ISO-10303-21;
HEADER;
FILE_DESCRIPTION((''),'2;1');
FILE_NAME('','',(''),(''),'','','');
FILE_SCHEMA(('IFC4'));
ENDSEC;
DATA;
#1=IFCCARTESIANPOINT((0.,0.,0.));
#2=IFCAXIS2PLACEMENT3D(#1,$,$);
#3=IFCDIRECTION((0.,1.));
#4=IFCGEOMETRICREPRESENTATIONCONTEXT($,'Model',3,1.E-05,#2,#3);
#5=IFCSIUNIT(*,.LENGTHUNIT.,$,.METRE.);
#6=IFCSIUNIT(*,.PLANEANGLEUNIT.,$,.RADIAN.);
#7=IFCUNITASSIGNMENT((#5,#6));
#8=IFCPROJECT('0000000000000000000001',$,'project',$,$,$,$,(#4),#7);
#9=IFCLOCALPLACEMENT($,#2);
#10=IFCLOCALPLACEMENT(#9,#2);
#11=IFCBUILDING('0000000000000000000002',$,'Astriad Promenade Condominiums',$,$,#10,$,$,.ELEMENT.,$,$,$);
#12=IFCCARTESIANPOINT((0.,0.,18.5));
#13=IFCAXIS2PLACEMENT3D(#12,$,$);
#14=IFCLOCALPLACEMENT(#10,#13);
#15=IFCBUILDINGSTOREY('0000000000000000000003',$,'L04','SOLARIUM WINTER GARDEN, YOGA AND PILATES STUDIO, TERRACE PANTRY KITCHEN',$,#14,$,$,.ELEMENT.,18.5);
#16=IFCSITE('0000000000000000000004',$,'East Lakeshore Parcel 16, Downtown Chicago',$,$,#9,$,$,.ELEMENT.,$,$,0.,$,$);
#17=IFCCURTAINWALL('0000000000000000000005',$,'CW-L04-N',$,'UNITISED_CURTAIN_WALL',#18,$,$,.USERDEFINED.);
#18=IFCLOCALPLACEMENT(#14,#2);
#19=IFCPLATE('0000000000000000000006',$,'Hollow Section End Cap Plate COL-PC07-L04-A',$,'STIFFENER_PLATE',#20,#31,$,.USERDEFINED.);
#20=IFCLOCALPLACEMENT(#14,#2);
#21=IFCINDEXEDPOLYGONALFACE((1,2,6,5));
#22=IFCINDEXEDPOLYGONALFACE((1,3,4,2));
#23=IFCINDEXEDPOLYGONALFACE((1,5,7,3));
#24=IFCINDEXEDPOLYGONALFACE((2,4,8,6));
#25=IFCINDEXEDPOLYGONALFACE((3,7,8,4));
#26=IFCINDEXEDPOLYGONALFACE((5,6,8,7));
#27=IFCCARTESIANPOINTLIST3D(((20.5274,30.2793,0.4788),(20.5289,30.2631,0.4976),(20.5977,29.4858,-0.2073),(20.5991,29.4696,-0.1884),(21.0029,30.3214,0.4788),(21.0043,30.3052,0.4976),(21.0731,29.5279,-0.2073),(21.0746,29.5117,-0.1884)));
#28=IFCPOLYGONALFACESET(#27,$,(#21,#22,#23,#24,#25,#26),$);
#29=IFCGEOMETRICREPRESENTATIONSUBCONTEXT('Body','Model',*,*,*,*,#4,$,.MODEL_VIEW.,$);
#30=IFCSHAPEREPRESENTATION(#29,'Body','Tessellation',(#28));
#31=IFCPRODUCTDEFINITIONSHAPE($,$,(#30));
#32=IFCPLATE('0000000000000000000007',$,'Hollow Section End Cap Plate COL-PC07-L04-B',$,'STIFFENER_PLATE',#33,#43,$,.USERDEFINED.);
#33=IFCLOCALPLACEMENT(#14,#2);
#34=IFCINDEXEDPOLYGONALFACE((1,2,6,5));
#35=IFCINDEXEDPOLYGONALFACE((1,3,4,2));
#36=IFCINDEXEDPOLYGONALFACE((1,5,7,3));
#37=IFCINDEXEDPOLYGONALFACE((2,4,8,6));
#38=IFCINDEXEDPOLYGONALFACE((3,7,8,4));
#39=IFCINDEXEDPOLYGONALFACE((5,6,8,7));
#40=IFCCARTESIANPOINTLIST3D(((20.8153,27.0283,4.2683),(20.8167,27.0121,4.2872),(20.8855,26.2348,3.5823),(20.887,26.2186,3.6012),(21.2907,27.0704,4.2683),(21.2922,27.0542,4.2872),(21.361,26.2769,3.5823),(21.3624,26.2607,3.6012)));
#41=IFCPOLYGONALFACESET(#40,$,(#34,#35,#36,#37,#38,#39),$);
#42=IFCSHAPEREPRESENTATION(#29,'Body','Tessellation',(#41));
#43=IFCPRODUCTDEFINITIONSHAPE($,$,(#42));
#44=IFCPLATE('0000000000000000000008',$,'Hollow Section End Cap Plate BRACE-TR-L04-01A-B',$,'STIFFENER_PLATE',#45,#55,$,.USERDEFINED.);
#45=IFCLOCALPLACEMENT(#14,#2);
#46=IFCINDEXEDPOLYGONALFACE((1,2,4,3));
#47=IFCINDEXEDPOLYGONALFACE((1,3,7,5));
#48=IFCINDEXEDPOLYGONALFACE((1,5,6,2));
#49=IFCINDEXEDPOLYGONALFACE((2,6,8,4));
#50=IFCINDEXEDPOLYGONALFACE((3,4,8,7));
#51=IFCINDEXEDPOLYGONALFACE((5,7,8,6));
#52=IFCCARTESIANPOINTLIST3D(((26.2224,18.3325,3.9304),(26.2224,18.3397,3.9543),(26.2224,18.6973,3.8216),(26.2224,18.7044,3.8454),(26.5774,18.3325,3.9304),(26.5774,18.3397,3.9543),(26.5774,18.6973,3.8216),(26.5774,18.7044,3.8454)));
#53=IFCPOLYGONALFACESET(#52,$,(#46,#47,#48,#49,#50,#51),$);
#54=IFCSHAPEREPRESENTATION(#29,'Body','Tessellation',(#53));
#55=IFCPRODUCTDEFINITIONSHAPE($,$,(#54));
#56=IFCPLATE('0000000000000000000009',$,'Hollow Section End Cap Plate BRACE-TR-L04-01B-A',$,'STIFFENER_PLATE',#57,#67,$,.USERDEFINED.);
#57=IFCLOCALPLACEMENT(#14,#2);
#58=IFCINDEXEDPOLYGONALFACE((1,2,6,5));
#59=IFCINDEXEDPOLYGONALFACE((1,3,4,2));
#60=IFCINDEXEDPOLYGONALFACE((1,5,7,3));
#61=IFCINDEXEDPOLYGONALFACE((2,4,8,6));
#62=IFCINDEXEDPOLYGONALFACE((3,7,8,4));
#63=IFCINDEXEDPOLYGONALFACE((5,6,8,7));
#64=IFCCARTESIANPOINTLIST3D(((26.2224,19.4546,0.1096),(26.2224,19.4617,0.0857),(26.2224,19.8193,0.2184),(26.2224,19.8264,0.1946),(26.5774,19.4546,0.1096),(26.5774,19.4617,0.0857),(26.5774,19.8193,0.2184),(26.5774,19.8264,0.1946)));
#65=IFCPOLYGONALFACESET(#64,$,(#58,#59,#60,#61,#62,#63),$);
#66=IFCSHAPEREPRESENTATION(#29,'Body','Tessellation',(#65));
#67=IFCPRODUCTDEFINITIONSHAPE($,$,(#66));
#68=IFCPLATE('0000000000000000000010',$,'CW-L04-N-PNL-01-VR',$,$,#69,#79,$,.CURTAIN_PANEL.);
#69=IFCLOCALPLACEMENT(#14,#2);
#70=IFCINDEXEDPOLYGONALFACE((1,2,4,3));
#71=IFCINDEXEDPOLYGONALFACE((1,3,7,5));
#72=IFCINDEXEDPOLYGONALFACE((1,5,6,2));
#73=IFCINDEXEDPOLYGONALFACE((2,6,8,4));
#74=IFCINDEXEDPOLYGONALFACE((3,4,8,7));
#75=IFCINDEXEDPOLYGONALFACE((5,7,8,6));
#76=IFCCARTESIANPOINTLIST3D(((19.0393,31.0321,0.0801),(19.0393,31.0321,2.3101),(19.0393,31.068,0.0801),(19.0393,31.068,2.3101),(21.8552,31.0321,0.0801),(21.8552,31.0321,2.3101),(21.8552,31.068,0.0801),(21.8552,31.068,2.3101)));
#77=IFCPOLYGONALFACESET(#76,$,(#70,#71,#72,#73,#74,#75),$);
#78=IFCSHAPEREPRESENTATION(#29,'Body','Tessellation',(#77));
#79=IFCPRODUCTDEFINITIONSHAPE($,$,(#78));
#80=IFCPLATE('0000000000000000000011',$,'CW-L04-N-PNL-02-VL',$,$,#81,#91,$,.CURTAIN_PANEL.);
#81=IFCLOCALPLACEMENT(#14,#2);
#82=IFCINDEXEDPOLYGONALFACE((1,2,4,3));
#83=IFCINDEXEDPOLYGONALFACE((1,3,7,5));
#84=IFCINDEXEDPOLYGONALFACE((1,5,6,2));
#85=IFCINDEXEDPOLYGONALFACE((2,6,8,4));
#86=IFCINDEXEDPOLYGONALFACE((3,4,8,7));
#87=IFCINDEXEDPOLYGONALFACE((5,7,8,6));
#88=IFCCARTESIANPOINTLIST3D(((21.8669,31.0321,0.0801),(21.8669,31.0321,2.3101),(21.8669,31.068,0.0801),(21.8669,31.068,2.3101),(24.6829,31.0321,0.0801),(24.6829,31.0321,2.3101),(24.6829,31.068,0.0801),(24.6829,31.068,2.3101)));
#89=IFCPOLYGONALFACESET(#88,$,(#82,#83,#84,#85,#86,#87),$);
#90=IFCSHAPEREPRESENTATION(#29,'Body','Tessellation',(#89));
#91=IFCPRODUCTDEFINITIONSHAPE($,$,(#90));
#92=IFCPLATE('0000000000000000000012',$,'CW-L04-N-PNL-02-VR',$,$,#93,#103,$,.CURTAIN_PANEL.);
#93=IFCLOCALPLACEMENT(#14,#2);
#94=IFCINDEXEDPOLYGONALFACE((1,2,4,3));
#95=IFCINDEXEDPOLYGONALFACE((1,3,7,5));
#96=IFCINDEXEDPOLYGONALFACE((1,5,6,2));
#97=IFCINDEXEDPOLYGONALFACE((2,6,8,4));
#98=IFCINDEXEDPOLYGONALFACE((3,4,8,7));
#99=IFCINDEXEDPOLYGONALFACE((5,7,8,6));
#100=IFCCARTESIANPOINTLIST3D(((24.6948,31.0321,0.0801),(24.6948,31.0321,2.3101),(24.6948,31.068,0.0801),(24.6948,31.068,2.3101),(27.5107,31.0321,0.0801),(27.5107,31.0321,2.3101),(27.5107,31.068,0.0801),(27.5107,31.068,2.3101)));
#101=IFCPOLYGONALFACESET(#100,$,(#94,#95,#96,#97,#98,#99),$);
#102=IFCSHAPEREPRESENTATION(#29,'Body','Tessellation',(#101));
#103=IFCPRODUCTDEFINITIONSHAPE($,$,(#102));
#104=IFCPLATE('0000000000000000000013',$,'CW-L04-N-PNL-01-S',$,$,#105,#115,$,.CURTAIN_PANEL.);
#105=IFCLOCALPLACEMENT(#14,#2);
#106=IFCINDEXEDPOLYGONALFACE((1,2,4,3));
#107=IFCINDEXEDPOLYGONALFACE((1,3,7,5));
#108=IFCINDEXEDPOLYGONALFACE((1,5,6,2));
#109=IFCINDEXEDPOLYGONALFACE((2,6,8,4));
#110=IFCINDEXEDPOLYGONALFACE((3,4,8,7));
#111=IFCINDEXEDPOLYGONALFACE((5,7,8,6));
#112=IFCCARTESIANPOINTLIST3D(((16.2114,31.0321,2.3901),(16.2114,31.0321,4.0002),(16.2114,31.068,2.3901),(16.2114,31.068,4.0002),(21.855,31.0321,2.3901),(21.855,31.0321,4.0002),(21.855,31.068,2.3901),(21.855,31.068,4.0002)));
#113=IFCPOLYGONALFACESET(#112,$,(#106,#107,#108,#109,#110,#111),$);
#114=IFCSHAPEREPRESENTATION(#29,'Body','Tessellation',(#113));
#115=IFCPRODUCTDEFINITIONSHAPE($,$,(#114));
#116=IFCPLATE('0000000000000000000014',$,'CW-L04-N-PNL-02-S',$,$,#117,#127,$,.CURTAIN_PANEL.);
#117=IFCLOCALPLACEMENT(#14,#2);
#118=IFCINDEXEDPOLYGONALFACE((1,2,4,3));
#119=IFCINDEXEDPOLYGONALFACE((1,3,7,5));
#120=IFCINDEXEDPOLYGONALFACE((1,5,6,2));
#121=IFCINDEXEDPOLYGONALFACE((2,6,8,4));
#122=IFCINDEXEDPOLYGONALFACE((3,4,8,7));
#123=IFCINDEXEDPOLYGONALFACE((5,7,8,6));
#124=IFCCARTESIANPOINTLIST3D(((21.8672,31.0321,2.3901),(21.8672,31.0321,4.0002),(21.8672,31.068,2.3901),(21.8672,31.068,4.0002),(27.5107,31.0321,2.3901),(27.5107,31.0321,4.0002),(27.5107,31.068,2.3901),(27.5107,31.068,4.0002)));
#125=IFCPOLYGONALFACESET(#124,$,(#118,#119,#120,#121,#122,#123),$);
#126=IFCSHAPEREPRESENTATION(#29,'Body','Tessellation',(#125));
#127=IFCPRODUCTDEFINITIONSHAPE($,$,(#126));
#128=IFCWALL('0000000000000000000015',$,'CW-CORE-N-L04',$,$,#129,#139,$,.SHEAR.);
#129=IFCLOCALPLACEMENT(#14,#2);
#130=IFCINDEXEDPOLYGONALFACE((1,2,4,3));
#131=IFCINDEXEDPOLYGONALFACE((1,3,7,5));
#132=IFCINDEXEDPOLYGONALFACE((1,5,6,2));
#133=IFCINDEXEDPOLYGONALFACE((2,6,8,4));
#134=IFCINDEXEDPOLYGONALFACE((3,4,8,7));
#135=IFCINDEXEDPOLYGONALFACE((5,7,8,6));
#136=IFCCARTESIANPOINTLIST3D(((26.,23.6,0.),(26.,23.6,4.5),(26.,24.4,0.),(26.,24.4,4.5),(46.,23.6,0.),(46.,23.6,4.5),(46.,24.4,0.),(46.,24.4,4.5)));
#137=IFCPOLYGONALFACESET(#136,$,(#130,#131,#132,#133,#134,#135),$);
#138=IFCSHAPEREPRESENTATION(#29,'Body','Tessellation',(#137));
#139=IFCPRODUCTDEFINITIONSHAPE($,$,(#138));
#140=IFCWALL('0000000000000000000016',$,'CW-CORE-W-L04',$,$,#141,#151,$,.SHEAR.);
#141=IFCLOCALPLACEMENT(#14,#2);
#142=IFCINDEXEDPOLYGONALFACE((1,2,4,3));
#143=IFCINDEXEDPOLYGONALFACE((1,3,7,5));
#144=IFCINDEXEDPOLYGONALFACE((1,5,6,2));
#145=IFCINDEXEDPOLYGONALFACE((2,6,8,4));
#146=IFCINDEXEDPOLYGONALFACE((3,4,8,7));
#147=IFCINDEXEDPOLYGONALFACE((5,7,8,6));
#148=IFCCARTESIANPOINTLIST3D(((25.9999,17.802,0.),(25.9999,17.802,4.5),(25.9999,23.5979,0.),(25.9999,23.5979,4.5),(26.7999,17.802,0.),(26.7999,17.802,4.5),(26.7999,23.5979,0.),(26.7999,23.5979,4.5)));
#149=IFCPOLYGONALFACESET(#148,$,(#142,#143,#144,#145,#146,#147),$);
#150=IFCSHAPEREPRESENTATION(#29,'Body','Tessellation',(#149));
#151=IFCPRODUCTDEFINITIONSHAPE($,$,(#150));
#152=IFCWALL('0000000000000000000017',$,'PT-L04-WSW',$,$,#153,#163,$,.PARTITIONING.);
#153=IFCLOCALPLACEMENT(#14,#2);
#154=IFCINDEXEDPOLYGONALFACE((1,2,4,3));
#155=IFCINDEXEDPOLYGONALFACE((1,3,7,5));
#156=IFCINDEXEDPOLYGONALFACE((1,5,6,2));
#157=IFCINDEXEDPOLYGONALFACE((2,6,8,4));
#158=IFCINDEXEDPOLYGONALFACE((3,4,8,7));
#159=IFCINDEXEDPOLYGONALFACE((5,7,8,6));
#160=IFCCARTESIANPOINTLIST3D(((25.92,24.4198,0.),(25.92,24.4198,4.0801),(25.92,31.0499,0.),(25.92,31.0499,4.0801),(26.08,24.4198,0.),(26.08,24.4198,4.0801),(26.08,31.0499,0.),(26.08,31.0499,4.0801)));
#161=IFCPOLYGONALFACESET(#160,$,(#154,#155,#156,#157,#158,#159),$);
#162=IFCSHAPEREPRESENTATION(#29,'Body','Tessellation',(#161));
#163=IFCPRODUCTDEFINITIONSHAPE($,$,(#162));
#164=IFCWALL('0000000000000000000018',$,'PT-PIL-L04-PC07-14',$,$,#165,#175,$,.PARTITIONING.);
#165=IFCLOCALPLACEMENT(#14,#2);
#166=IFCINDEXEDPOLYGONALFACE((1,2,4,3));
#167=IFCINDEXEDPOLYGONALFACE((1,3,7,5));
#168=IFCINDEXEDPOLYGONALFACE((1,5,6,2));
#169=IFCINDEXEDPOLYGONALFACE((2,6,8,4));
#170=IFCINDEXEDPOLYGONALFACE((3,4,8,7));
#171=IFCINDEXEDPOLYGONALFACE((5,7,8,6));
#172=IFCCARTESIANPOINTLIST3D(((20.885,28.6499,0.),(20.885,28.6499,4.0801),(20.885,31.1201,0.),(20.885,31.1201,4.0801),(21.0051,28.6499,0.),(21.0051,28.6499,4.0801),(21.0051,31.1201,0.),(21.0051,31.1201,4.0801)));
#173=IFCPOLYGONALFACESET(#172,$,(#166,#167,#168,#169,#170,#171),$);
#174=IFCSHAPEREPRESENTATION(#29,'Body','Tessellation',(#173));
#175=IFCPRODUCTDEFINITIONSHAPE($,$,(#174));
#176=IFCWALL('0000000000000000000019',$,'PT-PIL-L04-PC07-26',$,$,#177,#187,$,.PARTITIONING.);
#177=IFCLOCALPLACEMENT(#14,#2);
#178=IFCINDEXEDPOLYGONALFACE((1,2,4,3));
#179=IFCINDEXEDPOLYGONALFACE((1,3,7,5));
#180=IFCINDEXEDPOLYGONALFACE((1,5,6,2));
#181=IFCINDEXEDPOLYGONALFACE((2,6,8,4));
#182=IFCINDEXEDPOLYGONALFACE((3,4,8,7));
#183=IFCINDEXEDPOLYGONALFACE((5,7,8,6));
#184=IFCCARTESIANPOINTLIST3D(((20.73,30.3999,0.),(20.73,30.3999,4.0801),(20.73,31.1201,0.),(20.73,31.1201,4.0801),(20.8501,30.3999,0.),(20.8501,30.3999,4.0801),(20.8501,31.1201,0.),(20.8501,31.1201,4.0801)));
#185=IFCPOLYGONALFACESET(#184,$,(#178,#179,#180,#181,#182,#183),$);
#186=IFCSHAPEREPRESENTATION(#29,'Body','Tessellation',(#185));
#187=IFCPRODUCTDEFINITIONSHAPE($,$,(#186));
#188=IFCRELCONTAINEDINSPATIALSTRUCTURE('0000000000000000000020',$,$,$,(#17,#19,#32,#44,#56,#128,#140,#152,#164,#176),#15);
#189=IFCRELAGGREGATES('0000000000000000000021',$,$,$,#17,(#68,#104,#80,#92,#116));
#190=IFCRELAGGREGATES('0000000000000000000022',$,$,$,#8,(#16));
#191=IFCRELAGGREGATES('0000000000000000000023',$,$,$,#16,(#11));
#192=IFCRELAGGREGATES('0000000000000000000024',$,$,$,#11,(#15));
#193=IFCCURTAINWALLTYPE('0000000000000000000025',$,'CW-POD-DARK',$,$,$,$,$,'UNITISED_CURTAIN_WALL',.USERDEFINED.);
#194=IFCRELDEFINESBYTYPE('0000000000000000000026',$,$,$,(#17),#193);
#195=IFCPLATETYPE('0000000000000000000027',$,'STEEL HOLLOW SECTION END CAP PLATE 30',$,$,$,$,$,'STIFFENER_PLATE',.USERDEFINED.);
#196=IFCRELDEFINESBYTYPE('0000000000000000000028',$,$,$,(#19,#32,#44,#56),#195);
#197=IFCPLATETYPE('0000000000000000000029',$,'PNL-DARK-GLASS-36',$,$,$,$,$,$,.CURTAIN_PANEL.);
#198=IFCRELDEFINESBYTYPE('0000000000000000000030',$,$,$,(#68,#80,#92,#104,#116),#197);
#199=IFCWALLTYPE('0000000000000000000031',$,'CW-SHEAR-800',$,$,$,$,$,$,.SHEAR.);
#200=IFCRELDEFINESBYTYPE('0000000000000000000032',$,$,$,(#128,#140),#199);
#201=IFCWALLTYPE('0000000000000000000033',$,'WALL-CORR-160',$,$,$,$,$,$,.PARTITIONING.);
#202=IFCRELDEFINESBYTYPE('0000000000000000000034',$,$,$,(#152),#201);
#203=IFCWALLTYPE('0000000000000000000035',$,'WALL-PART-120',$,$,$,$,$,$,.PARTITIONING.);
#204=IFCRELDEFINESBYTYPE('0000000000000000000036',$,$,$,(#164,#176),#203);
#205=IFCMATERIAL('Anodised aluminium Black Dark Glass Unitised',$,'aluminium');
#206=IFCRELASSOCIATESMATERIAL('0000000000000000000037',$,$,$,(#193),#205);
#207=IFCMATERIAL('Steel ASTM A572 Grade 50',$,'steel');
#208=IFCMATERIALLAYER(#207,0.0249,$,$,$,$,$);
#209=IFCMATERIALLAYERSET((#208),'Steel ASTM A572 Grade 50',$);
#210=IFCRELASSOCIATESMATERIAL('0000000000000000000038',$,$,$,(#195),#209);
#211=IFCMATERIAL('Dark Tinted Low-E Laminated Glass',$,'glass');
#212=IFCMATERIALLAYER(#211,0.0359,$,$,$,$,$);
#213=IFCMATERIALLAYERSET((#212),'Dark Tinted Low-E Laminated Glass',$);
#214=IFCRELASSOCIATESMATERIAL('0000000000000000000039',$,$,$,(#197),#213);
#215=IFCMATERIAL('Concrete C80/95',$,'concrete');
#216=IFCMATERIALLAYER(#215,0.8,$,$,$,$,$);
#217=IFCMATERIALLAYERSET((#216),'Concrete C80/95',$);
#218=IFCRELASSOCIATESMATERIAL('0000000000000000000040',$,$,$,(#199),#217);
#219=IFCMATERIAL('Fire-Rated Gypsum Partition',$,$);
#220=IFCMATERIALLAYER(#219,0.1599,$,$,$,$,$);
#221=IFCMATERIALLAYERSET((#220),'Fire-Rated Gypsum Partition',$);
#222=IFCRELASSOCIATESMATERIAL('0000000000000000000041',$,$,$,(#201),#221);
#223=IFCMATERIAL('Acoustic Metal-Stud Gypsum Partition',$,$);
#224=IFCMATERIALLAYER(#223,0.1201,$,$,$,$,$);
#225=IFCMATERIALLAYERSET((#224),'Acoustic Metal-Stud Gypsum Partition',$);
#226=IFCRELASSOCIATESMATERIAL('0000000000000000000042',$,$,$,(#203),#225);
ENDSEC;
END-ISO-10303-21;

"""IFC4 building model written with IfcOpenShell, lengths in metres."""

from ifc_helpers import new_model, si_unit, direction, frame, frame_2d, origin, origin_2d, place, context, subcontext, project, spatial, rectangle, extrude, source, transform, mapped, material, layer, layer_set, type_object, type_shapes, element, aggregate, save


model = new_model("IFC4")

# Units and contexts
model_context = context("Model", 3, precision=1e-05, world=origin(), true_north=direction((0.0, 1.0)))
body_context = subcontext(model_context, "Body", "Model", "MODEL_VIEW")
ifc_project = project(units=[si_unit("LENGTHUNIT", "METRE"), si_unit("PLANEANGLEUNIT", "RADIAN")], contexts=[model_context])

# Site, building, storey
site_placement = place(None, origin())
site = spatial("IfcSite", under=ifc_project, at=site_placement, Name="East Lakeshore Parcel 16, Downtown Chicago", CompositionType="ELEMENT", RefElevation=0.0)
building_placement = place(site_placement, origin())
building = spatial("IfcBuilding", under=site, at=building_placement, Name="Astriad Promenade Condominiums", CompositionType="ELEMENT")
storey_placement = place(building_placement, frame((0.0, 0.0, 18.5)))
storey = spatial("IfcBuildingStorey", under=building, at=storey_placement, Name="L04", Description="SOLARIUM WINTER GARDEN, YOGA AND PILATES STUDIO, TERRACE PANTRY KITCHEN", CompositionType="ELEMENT", Elevation=18.5)

# Curtain wall
ifc_material_1 = material(Name="Anodised aluminium Black Dark Glass Unitised", Category="aluminium")
curtain_wall_type = type_object("IfcCurtainWallType", Name="CW-POD-DARK", ElementType="UNITISED_CURTAIN_WALL", PredefinedType="USERDEFINED", material=ifc_material_1)
curtain_wall_placement = place(storey_placement, origin())
curtain_wall = element("IfcCurtainWall", 1, at=curtain_wall_placement, inside=storey, type_object=curtain_wall_type, Name="CW-L04-N", ObjectType="UNITISED_CURTAIN_WALL", PredefinedType="USERDEFINED")

# Plates
ifc_material_2 = material(Name="Steel ASTM A572 Grade 50", Category="steel")
ifc_layer_1 = layer(ifc_material_2, 0.0249)
ifc_layer_set_1 = layer_set([ifc_layer_1], Name="Steel ASTM A572 Grade 50")
plate_type_1 = type_object("IfcPlateType", Name="STEEL HOLLOW SECTION END CAP PLATE 30", ElementType="STIFFENER_PLATE", PredefinedType="USERDEFINED", material=ifc_layer_set_1)
shared_shape_1 = source(origin(), body_context, "Body", "SweptSolid", [
    extrude(rectangle(XDim=0.4773, YDim=1.0513, at=origin_2d()), origin(), (0.0, 0.0, 1.0), 0.0249),
])
for number, where, z_axis, x_axis, name in (
    (2, (20.8003, 29.9036, 0.1357), (0.057555, -0.65002, 0.757734), (0.996103, 0.088198, 0.0), "Hollow Section End Cap Plate COL-PC07-L04-A"),
    (3, (21.0881, 26.6526, 3.9253), (0.057555, -0.65002, 0.757734), (0.996103, 0.088198, 0.0), "Hollow Section End Cap Plate COL-PC07-L04-B"),
):
    element("IfcPlate", number, at=place(storey_placement, frame(where, z_axis=z_axis, x_axis=x_axis)), inside=storey, type_object=plate_type_1, Name=name, ObjectType="STIFFENER_PLATE", PredefinedType="USERDEFINED", context=body_context, shape_type="MappedRepresentation", body=[
        mapped(shared_shape_1, transform((0.0, 0.0, 0.0), scale=1.0)),
    ])
shared_shape_2 = source(origin(), body_context, "Body", "SweptSolid", [
    extrude(rectangle(XDim=0.355, YDim=0.3806, at=origin_2d()), origin(), (0.0, 0.0, 1.0), 0.0249),
])
type_shapes(plate_type_1, [shared_shape_1, shared_shape_2])
for number, where, z_axis, x_axis, name in (
    (4, (26.3999, 18.5149, 3.876), (0.0, 0.285974, 0.958237), (1.0, 0.0, 0.0), "Hollow Section End Cap Plate BRACE-TR-L04-01A-B"),
    (5, (26.3999, 19.644, 0.1401), (0.0, -0.285974, 0.958237), (1.0, 0.0, 0.0), "Hollow Section End Cap Plate BRACE-TR-L04-01B-A"),
):
    element("IfcPlate", number, at=place(storey_placement, frame(where, z_axis=z_axis, x_axis=x_axis)), inside=storey, type_object=plate_type_1, Name=name, ObjectType="STIFFENER_PLATE", PredefinedType="USERDEFINED", context=body_context, shape_type="MappedRepresentation", body=[
        mapped(shared_shape_2, transform((0.0, 0.0, 0.0), scale=1.0)),
    ])

# Plates
ifc_material_3 = material(Name="Dark Tinted Low-E Laminated Glass", Category="glass")
ifc_layer_2 = layer(ifc_material_3, 0.0359)
ifc_layer_set_2 = layer_set([ifc_layer_2], Name="Dark Tinted Low-E Laminated Glass")
plate_type_2 = type_object("IfcPlateType", Name="PNL-DARK-GLASS-36", PredefinedType="CURTAIN_PANEL", material=ifc_layer_set_2)
shared_shape_3 = source(origin(), body_context, "Body", "SweptSolid", [
    extrude(rectangle(XDim=2.8159, YDim=0.0359, at=origin_2d()), origin(), (0.0, 0.0, 1.0), 2.23),
])
plate_1_placement = place(storey_placement, frame((20.4473, 31.05, 0.0801), z_axis=(0.0, 0.0, 1.0), x_axis=(1.0, 0.0, 0.0)))
plate_1 = element("IfcPlate", 6, at=plate_1_placement, type_object=plate_type_2, Name="CW-L04-N-PNL-01-VR", PredefinedType="CURTAIN_PANEL", context=body_context, shape_type="MappedRepresentation", body=[
    mapped(shared_shape_3, transform((0.0, 0.0, 0.0), scale=1.0)),
])
plate_2_placement = place(storey_placement, frame((23.2749, 31.05, 0.0801), z_axis=(0.0, 0.0, 1.0), x_axis=(1.0, 0.0, 0.0)))
plate_2 = element("IfcPlate", 7, at=plate_2_placement, type_object=plate_type_2, Name="CW-L04-N-PNL-02-VL", PredefinedType="CURTAIN_PANEL", context=body_context, shape_type="MappedRepresentation", body=[
    mapped(shared_shape_3, transform((0.0, 0.0, 0.0), scale=1.0)),
])
plate_3_placement = place(storey_placement, frame((26.1028, 31.05, 0.0801), z_axis=(0.0, 0.0, 1.0), x_axis=(1.0, 0.0, 0.0)))
plate_3 = element("IfcPlate", 8, at=plate_3_placement, type_object=plate_type_2, Name="CW-L04-N-PNL-02-VR", PredefinedType="CURTAIN_PANEL", context=body_context, shape_type="MappedRepresentation", body=[
    mapped(shared_shape_3, transform((0.0, 0.0, 0.0), scale=1.0)),
])
shared_shape_4 = source(origin(), body_context, "Body", "SweptSolid", [
    extrude(rectangle(XDim=5.6436, YDim=0.0359, at=origin_2d()), origin(), (0.0, 0.0, 1.0), 1.6101),
])
type_shapes(plate_type_2, [shared_shape_3, shared_shape_4])
plate_4_placement = place(storey_placement, frame((19.0332, 31.05, 2.3901), z_axis=(0.0, 0.0, 1.0), x_axis=(1.0, 0.0, 0.0)))
plate_4 = element("IfcPlate", 9, at=plate_4_placement, type_object=plate_type_2, Name="CW-L04-N-PNL-01-S", PredefinedType="CURTAIN_PANEL", context=body_context, shape_type="MappedRepresentation", body=[
    mapped(shared_shape_4, transform((0.0, 0.0, 0.0), scale=1.0)),
])
plate_5_placement = place(storey_placement, frame((24.689, 31.05, 2.3901), z_axis=(0.0, 0.0, 1.0), x_axis=(1.0, 0.0, 0.0)))
plate_5 = element("IfcPlate", 10, at=plate_5_placement, type_object=plate_type_2, Name="CW-L04-N-PNL-02-S", PredefinedType="CURTAIN_PANEL", context=body_context, shape_type="MappedRepresentation", body=[
    mapped(shared_shape_4, transform((0.0, 0.0, 0.0), scale=1.0)),
])
aggregate(curtain_wall, [plate_1, plate_4, plate_2, plate_3, plate_5])

# Walls
ifc_material_4 = material(Name="Concrete C80/95", Category="concrete")
ifc_layer_3 = layer(ifc_material_4, 0.8)
ifc_layer_set_3 = layer_set([ifc_layer_3], Name="Concrete C80/95")
wall_type_1 = type_object("IfcWallType", Name="CW-SHEAR-800", PredefinedType="SHEAR", material=ifc_layer_set_3)
wall_1_placement = place(storey_placement, frame((26.0, 24.0, 0.0), z_axis=(0.0, 0.0, 1.0), x_axis=(1.0, 0.0, 0.0)))
element("IfcWall", 11, at=wall_1_placement, inside=storey, type_object=wall_type_1, Name="CW-CORE-N-L04", PredefinedType="SHEAR", context=body_context, shape_type="SweptSolid", body=[
    extrude(rectangle(XDim=20.0, YDim=0.8, at=frame_2d((10.0, 0.0))), origin(), (0.0, 0.0, 1.0), 4.5),
])
wall_2_placement = place(storey_placement, frame((26.3999, 17.802, 0.0), z_axis=(0.0, 0.0, 1.0), x_axis=(0.0, 1.0, 0.0)))
element("IfcWall", 12, at=wall_2_placement, inside=storey, type_object=wall_type_1, Name="CW-CORE-W-L04", PredefinedType="SHEAR", context=body_context, shape_type="SweptSolid", body=[
    extrude(rectangle(XDim=5.7959, YDim=0.8, at=frame_2d((2.8979, 0.0))), origin(), (0.0, 0.0, 1.0), 4.5),
])
ifc_material_5 = material(Name="Fire-Rated Gypsum Partition")
ifc_layer_4 = layer(ifc_material_5, 0.1599)
ifc_layer_set_4 = layer_set([ifc_layer_4], Name="Fire-Rated Gypsum Partition")
wall_type_2 = type_object("IfcWallType", Name="WALL-CORR-160", PredefinedType="PARTITIONING", material=ifc_layer_set_4)
wall_3_placement = place(storey_placement, frame((26.0, 24.4199, 0.0), z_axis=(0.0, 0.0, 1.0), x_axis=(0.0, 1.0, 0.0)))
element("IfcWall", 13, at=wall_3_placement, inside=storey, type_object=wall_type_2, Name="PT-L04-WSW", PredefinedType="PARTITIONING", context=body_context, shape_type="SweptSolid", body=[
    extrude(rectangle(XDim=6.6301, YDim=0.1599, at=frame_2d((3.3149, 0.0))), origin(), (0.0, 0.0, 1.0), 4.0801),
])
ifc_material_6 = material(Name="Acoustic Metal-Stud Gypsum Partition")
ifc_layer_5 = layer(ifc_material_6, 0.1201)
ifc_layer_set_5 = layer_set([ifc_layer_5], Name="Acoustic Metal-Stud Gypsum Partition")
wall_type_3 = type_object("IfcWallType", Name="WALL-PART-120", PredefinedType="PARTITIONING", material=ifc_layer_set_5)
wall_4_placement = place(storey_placement, frame((20.9451, 28.6499, 0.0), z_axis=(0.0, 0.0, 1.0), x_axis=(0.0, 1.0, 0.0)))
element("IfcWall", 14, at=wall_4_placement, inside=storey, type_object=wall_type_3, Name="PT-PIL-L04-PC07-14", PredefinedType="PARTITIONING", context=body_context, shape_type="SweptSolid", body=[
    extrude(rectangle(XDim=2.4702, YDim=0.1201, at=frame_2d((1.2351, 0.0))), origin(), (0.0, 0.0, 1.0), 4.0801),
])
wall_5_placement = place(storey_placement, frame((20.79, 30.3999, 0.0), z_axis=(0.0, 0.0, 1.0), x_axis=(0.0, 1.0, 0.0)))
element("IfcWall", 15, at=wall_5_placement, inside=storey, type_object=wall_type_3, Name="PT-PIL-L04-PC07-26", PredefinedType="PARTITIONING", context=body_context, shape_type="SweptSolid", body=[
    extrude(rectangle(XDim=0.7202, YDim=0.1201, at=frame_2d((0.3601, 0.0))), origin(), (0.0, 0.0, 1.0), 4.0801),
])

save(model, "model.ifc")
